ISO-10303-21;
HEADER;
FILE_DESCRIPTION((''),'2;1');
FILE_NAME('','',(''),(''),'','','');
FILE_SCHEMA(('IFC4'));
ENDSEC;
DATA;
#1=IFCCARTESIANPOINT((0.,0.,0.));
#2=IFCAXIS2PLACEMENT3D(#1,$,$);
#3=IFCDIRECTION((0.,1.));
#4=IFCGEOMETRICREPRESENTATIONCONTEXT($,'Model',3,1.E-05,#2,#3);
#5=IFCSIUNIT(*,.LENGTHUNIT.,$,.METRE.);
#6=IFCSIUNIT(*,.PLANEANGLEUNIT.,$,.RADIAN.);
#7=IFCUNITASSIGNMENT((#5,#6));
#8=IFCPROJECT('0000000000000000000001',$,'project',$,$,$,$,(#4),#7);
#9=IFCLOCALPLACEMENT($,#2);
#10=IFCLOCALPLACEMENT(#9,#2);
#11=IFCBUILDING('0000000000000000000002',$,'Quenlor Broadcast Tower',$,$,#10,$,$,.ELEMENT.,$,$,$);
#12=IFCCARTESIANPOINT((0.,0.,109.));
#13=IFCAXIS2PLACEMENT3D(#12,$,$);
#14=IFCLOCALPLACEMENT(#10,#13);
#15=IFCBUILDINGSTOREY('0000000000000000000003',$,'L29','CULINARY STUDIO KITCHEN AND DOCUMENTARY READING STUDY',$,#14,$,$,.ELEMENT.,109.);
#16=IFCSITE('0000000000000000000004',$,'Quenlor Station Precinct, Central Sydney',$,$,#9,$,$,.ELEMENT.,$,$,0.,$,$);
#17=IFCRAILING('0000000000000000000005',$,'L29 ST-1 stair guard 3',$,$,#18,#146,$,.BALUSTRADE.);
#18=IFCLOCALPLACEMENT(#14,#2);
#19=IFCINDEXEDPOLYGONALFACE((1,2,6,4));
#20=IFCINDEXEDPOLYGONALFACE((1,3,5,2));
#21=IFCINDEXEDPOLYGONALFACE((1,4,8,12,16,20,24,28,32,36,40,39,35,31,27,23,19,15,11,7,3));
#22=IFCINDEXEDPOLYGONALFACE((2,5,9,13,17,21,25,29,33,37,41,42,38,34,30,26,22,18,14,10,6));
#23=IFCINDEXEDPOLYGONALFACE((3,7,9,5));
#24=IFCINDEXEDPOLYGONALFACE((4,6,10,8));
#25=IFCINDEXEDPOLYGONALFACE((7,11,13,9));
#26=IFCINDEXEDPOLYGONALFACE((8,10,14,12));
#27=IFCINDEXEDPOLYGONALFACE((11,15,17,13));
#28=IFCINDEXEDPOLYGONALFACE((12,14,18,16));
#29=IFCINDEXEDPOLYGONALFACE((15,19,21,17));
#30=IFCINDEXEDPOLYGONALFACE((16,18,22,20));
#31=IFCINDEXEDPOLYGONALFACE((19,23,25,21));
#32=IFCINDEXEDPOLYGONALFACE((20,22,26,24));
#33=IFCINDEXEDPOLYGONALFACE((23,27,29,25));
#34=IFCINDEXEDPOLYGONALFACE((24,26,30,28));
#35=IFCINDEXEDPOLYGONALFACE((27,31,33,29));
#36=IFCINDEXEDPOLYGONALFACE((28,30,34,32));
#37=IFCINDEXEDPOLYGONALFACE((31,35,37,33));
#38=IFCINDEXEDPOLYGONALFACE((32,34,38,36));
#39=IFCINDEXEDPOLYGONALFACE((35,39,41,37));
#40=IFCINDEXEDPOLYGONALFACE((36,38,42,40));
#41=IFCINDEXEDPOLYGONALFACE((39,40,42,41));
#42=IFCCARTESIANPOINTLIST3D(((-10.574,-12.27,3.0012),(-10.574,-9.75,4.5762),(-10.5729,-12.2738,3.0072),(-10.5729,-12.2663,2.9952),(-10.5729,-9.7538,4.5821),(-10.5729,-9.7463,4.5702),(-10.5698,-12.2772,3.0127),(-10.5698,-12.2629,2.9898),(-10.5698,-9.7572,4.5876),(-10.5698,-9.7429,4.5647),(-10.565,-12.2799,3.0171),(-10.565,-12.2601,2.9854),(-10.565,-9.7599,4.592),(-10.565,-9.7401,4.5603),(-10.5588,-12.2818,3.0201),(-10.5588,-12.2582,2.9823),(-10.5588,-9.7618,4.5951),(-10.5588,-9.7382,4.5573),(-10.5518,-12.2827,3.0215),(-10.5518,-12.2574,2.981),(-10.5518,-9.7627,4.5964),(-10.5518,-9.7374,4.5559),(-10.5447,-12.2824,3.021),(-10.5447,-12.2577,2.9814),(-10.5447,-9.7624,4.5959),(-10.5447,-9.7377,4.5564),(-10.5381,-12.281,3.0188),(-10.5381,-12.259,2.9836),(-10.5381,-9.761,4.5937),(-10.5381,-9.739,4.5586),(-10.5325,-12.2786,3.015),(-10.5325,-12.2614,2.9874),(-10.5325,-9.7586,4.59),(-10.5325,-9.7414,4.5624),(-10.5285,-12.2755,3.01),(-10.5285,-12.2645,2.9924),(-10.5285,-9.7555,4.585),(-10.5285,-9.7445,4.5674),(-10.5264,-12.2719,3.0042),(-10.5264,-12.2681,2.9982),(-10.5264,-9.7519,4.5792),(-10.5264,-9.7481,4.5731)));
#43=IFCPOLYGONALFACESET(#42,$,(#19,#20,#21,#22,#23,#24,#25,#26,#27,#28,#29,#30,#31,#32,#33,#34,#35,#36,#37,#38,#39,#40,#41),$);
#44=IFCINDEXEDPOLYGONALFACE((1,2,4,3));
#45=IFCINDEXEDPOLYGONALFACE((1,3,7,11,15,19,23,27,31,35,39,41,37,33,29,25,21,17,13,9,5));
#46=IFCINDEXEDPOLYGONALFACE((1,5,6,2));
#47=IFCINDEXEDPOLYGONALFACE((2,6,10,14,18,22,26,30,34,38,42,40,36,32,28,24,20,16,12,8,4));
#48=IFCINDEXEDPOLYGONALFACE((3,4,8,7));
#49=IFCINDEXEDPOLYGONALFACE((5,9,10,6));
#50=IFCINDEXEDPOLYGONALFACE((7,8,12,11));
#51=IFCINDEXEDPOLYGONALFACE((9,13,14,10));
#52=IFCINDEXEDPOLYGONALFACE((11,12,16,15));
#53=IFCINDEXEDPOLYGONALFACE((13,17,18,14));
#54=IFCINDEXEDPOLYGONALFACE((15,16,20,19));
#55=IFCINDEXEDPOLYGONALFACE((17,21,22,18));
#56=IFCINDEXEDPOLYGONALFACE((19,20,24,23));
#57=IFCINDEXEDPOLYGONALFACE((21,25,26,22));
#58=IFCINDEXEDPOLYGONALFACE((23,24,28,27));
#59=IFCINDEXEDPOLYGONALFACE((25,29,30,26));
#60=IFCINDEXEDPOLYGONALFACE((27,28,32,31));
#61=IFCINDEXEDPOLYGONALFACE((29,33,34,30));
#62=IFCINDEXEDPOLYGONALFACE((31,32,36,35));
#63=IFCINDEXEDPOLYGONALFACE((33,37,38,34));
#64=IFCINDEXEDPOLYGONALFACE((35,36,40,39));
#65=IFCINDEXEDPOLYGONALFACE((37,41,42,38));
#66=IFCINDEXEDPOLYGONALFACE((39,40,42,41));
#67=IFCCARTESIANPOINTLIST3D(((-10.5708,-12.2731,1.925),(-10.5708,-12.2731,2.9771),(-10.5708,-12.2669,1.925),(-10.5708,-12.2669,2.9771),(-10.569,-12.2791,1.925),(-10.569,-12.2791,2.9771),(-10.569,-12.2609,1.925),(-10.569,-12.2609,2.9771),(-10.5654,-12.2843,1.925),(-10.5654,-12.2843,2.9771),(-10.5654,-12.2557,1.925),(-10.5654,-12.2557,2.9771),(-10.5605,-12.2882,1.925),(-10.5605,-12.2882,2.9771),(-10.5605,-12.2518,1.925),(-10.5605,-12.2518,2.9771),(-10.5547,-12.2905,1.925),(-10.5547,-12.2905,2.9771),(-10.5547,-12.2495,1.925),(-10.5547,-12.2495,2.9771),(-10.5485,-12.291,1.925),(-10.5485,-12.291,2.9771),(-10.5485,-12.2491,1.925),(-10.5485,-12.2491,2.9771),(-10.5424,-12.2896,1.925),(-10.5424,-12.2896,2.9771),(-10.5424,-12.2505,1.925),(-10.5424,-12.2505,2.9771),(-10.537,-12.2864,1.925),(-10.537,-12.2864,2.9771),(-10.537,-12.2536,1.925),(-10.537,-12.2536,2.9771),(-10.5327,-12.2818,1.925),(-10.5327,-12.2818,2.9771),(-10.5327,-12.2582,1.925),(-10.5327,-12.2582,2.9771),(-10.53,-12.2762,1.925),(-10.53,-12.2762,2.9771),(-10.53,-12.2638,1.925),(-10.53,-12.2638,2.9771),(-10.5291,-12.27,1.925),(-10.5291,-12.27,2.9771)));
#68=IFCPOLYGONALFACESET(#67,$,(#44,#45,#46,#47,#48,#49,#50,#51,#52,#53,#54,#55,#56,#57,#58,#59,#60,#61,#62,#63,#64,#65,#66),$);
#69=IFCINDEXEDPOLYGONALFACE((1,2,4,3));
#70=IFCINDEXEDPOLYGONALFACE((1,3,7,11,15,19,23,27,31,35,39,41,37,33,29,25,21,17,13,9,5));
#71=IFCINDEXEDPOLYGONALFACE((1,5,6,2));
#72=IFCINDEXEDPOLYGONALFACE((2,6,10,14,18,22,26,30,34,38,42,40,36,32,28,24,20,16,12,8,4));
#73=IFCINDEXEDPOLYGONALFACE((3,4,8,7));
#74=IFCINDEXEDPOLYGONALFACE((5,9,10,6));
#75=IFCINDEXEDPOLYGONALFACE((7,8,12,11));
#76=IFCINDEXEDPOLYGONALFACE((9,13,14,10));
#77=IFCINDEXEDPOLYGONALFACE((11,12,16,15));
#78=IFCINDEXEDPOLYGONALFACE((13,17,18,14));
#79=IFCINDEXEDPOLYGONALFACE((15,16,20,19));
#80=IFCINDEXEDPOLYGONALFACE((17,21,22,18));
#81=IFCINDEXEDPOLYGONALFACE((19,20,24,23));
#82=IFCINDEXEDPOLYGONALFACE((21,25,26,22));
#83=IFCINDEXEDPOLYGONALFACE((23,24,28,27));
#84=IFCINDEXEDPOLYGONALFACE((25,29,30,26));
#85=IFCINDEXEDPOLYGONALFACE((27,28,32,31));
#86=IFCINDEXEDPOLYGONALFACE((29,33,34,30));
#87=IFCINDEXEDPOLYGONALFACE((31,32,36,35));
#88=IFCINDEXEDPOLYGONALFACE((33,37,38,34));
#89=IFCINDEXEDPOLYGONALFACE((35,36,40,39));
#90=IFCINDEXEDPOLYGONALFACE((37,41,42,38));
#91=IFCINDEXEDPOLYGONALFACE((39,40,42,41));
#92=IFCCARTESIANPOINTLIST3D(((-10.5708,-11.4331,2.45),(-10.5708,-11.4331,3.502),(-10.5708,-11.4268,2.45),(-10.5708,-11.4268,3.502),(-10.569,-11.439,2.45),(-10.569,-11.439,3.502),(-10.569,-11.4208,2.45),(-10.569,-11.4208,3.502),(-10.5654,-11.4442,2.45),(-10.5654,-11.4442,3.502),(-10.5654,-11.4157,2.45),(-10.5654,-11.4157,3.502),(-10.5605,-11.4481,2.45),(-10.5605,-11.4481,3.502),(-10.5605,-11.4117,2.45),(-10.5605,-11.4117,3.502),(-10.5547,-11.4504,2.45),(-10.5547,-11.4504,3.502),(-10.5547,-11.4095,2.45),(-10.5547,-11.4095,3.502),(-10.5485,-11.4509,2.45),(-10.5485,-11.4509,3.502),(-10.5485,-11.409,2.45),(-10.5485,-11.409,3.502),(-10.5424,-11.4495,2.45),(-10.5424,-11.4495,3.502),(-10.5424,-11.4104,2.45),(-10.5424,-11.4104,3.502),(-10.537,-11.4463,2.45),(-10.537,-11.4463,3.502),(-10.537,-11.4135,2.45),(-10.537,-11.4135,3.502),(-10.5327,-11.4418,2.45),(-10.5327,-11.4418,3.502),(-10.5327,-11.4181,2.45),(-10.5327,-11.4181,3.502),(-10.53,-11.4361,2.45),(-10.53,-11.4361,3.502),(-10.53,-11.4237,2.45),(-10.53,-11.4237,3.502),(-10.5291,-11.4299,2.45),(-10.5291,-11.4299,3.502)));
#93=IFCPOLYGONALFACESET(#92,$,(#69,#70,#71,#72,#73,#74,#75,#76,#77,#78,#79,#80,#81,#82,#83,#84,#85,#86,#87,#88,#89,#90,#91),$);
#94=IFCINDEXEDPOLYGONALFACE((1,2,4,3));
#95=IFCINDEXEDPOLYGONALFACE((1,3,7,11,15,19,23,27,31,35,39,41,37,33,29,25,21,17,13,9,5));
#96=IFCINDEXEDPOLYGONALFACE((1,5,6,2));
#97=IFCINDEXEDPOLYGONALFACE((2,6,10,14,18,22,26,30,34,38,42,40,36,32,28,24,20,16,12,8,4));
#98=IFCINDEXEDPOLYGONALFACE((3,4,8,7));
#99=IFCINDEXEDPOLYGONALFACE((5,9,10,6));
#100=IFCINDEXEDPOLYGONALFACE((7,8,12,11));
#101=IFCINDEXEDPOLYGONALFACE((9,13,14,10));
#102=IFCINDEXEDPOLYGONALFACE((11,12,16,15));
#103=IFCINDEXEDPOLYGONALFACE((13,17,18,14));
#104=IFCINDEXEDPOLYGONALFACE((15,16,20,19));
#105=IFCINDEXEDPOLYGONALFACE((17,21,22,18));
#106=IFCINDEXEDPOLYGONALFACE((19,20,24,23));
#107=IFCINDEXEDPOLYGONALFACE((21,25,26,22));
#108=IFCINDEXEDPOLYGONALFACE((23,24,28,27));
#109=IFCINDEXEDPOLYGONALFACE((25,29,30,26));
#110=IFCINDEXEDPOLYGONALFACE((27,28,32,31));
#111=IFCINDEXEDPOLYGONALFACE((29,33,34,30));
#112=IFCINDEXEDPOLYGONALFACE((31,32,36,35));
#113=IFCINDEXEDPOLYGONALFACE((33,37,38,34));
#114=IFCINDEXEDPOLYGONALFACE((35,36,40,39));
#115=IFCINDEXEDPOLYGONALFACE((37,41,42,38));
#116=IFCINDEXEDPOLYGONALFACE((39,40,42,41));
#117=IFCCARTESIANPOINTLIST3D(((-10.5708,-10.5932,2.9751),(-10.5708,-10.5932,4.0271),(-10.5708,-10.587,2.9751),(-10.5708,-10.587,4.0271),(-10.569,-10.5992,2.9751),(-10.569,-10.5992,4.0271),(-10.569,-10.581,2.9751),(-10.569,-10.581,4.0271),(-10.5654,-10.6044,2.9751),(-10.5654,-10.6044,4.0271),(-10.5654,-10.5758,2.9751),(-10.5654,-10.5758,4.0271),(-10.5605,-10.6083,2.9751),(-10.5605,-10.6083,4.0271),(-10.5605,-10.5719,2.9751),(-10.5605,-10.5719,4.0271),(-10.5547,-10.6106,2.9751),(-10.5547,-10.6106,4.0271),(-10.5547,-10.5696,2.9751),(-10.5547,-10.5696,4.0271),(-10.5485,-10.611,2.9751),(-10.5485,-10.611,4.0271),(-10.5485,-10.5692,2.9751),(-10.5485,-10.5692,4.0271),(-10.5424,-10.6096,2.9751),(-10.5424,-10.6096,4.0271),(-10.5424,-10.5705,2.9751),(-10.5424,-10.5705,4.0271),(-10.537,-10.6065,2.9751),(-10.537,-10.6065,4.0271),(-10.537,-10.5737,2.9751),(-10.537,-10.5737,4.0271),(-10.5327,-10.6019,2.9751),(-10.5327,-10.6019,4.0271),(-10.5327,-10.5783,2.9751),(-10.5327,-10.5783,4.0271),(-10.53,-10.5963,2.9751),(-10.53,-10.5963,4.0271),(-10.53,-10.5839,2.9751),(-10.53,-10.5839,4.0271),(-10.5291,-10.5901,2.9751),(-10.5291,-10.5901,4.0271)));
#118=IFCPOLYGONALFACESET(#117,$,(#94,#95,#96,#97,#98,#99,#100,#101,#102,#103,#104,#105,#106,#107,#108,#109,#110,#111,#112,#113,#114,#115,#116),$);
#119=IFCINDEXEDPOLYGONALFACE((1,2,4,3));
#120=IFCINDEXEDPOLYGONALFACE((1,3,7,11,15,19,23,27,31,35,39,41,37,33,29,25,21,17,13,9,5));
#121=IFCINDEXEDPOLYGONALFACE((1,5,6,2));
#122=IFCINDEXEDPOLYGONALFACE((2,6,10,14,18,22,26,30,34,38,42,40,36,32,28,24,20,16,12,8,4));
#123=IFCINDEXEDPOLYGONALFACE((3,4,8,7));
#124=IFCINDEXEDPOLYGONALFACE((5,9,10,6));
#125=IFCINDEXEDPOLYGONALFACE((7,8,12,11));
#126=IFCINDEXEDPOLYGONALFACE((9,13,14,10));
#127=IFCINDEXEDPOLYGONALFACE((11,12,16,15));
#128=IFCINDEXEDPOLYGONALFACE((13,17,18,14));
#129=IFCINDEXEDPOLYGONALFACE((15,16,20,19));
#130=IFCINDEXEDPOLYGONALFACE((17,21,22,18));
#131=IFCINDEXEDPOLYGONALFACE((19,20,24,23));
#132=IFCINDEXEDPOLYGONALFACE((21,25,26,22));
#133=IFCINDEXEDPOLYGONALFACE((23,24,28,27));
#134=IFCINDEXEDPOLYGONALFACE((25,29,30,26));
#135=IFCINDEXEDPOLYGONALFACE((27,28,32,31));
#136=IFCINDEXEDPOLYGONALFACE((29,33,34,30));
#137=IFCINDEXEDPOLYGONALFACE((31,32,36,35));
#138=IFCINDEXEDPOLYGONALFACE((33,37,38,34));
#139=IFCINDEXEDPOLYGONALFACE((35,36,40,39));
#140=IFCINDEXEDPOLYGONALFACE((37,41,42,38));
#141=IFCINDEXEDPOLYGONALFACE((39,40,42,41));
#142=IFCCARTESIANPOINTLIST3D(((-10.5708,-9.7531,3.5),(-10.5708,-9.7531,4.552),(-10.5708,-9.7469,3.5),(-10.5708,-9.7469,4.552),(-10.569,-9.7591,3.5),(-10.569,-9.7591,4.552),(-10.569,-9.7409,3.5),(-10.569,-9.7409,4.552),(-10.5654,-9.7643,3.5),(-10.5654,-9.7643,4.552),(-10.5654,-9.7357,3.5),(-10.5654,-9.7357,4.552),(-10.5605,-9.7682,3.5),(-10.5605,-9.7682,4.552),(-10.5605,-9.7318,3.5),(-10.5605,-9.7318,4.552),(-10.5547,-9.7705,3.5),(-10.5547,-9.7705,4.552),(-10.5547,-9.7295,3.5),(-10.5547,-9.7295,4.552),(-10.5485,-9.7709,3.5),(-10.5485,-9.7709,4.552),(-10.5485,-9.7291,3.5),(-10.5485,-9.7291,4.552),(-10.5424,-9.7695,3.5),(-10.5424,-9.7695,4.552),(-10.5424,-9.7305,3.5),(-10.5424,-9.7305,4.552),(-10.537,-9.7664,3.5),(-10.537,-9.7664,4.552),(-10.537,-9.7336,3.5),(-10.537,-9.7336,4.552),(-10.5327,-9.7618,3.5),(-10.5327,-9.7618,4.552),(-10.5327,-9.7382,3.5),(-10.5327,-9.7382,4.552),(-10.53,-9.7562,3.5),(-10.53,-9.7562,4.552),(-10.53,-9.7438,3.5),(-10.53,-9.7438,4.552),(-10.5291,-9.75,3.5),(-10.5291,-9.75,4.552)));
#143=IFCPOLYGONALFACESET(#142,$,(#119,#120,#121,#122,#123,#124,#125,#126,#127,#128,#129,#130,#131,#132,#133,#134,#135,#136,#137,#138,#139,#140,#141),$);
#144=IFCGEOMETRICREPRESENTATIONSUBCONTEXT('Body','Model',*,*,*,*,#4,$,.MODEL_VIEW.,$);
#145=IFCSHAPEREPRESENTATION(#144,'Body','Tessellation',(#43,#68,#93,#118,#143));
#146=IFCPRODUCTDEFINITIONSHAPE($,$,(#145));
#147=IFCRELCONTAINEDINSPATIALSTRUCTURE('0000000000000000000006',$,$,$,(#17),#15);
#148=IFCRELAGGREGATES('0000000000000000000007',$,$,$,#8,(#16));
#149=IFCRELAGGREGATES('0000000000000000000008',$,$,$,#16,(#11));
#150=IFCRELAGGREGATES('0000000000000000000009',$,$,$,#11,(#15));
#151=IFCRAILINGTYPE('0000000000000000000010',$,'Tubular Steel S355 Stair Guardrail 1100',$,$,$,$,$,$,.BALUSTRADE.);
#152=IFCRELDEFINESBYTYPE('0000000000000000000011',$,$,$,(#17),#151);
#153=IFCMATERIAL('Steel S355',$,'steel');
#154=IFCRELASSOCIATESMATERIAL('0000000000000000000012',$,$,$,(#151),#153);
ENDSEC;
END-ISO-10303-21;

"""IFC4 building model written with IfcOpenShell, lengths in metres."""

from ifc_helpers import new_model, si_unit, direction, frame, origin, origin_2d, place, context, subcontext, project, spatial, circle, extrude, material, type_object, element, save


model = new_model("IFC4")

# Units and contexts
model_context = context("Model", 3, precision=1e-05, world=origin(), true_north=direction((0.0, 1.0)))
body_context = subcontext(model_context, "Body", "Model", "MODEL_VIEW")
ifc_project = project(units=[si_unit("LENGTHUNIT", "METRE"), si_unit("PLANEANGLEUNIT", "RADIAN")], contexts=[model_context])

# Site, building, storey
site_placement = place(None, origin())
site = spatial("IfcSite", under=ifc_project, at=site_placement, Name="Quenlor Station Precinct, Central Sydney", CompositionType="ELEMENT", RefElevation=0.0)
building_placement = place(site_placement, origin())
building = spatial("IfcBuilding", under=site, at=building_placement, Name="Quenlor Broadcast Tower", CompositionType="ELEMENT")
storey_placement = place(building_placement, frame((0.0, 0.0, 109.0)))
storey = spatial("IfcBuildingStorey", under=building, at=storey_placement, Name="L29", Description="CULINARY STUDIO KITCHEN AND DOCUMENTARY READING STUDY", CompositionType="ELEMENT", Elevation=109.0)

# Railing
ifc_material_1 = material(Name="Steel S355", Category="steel")
railing_type_1 = type_object("IfcRailingType", Name="Tubular Steel S355 Stair Guardrail 1100", PredefinedType="BALUSTRADE", material=ifc_material_1)
railing_1_placement = place(storey_placement, frame((-10.55, -12.27, 1.925)))
element("IfcRailing", 1, at=railing_1_placement, inside=storey, type_object=railing_type_1, Name="L29 ST-1 stair guard 3", PredefinedType="BALUSTRADE", context=body_context, shape_type="SweptSolid", body=[
    extrude(circle(Radius=0.0239, at=origin_2d()), frame((0.0, 0.0, 1.0762), z_axis=(0.0, 0.848008, 0.529984), x_axis=(-1.0, 0.0, 0.0)), (0.0, 0.0, 1.0), 2.9717),
    extrude(circle(Radius=0.021, at=origin_2d()), origin(), (0.0, 0.0, 1.0), 1.052),
    extrude(circle(Radius=0.021, at=origin_2d()), frame((0.0, 0.8401, 0.5249)), (0.0, 0.0, 1.0), 1.052),
    extrude(circle(Radius=0.021, at=origin_2d()), frame((0.0, 1.6799, 1.05)), (0.0, 0.0, 1.0), 1.052),
    extrude(circle(Radius=0.021, at=origin_2d()), frame((0.0, 2.52, 1.575)), (0.0, 0.0, 1.0), 1.052),
])

save(model, "model.ifc")
